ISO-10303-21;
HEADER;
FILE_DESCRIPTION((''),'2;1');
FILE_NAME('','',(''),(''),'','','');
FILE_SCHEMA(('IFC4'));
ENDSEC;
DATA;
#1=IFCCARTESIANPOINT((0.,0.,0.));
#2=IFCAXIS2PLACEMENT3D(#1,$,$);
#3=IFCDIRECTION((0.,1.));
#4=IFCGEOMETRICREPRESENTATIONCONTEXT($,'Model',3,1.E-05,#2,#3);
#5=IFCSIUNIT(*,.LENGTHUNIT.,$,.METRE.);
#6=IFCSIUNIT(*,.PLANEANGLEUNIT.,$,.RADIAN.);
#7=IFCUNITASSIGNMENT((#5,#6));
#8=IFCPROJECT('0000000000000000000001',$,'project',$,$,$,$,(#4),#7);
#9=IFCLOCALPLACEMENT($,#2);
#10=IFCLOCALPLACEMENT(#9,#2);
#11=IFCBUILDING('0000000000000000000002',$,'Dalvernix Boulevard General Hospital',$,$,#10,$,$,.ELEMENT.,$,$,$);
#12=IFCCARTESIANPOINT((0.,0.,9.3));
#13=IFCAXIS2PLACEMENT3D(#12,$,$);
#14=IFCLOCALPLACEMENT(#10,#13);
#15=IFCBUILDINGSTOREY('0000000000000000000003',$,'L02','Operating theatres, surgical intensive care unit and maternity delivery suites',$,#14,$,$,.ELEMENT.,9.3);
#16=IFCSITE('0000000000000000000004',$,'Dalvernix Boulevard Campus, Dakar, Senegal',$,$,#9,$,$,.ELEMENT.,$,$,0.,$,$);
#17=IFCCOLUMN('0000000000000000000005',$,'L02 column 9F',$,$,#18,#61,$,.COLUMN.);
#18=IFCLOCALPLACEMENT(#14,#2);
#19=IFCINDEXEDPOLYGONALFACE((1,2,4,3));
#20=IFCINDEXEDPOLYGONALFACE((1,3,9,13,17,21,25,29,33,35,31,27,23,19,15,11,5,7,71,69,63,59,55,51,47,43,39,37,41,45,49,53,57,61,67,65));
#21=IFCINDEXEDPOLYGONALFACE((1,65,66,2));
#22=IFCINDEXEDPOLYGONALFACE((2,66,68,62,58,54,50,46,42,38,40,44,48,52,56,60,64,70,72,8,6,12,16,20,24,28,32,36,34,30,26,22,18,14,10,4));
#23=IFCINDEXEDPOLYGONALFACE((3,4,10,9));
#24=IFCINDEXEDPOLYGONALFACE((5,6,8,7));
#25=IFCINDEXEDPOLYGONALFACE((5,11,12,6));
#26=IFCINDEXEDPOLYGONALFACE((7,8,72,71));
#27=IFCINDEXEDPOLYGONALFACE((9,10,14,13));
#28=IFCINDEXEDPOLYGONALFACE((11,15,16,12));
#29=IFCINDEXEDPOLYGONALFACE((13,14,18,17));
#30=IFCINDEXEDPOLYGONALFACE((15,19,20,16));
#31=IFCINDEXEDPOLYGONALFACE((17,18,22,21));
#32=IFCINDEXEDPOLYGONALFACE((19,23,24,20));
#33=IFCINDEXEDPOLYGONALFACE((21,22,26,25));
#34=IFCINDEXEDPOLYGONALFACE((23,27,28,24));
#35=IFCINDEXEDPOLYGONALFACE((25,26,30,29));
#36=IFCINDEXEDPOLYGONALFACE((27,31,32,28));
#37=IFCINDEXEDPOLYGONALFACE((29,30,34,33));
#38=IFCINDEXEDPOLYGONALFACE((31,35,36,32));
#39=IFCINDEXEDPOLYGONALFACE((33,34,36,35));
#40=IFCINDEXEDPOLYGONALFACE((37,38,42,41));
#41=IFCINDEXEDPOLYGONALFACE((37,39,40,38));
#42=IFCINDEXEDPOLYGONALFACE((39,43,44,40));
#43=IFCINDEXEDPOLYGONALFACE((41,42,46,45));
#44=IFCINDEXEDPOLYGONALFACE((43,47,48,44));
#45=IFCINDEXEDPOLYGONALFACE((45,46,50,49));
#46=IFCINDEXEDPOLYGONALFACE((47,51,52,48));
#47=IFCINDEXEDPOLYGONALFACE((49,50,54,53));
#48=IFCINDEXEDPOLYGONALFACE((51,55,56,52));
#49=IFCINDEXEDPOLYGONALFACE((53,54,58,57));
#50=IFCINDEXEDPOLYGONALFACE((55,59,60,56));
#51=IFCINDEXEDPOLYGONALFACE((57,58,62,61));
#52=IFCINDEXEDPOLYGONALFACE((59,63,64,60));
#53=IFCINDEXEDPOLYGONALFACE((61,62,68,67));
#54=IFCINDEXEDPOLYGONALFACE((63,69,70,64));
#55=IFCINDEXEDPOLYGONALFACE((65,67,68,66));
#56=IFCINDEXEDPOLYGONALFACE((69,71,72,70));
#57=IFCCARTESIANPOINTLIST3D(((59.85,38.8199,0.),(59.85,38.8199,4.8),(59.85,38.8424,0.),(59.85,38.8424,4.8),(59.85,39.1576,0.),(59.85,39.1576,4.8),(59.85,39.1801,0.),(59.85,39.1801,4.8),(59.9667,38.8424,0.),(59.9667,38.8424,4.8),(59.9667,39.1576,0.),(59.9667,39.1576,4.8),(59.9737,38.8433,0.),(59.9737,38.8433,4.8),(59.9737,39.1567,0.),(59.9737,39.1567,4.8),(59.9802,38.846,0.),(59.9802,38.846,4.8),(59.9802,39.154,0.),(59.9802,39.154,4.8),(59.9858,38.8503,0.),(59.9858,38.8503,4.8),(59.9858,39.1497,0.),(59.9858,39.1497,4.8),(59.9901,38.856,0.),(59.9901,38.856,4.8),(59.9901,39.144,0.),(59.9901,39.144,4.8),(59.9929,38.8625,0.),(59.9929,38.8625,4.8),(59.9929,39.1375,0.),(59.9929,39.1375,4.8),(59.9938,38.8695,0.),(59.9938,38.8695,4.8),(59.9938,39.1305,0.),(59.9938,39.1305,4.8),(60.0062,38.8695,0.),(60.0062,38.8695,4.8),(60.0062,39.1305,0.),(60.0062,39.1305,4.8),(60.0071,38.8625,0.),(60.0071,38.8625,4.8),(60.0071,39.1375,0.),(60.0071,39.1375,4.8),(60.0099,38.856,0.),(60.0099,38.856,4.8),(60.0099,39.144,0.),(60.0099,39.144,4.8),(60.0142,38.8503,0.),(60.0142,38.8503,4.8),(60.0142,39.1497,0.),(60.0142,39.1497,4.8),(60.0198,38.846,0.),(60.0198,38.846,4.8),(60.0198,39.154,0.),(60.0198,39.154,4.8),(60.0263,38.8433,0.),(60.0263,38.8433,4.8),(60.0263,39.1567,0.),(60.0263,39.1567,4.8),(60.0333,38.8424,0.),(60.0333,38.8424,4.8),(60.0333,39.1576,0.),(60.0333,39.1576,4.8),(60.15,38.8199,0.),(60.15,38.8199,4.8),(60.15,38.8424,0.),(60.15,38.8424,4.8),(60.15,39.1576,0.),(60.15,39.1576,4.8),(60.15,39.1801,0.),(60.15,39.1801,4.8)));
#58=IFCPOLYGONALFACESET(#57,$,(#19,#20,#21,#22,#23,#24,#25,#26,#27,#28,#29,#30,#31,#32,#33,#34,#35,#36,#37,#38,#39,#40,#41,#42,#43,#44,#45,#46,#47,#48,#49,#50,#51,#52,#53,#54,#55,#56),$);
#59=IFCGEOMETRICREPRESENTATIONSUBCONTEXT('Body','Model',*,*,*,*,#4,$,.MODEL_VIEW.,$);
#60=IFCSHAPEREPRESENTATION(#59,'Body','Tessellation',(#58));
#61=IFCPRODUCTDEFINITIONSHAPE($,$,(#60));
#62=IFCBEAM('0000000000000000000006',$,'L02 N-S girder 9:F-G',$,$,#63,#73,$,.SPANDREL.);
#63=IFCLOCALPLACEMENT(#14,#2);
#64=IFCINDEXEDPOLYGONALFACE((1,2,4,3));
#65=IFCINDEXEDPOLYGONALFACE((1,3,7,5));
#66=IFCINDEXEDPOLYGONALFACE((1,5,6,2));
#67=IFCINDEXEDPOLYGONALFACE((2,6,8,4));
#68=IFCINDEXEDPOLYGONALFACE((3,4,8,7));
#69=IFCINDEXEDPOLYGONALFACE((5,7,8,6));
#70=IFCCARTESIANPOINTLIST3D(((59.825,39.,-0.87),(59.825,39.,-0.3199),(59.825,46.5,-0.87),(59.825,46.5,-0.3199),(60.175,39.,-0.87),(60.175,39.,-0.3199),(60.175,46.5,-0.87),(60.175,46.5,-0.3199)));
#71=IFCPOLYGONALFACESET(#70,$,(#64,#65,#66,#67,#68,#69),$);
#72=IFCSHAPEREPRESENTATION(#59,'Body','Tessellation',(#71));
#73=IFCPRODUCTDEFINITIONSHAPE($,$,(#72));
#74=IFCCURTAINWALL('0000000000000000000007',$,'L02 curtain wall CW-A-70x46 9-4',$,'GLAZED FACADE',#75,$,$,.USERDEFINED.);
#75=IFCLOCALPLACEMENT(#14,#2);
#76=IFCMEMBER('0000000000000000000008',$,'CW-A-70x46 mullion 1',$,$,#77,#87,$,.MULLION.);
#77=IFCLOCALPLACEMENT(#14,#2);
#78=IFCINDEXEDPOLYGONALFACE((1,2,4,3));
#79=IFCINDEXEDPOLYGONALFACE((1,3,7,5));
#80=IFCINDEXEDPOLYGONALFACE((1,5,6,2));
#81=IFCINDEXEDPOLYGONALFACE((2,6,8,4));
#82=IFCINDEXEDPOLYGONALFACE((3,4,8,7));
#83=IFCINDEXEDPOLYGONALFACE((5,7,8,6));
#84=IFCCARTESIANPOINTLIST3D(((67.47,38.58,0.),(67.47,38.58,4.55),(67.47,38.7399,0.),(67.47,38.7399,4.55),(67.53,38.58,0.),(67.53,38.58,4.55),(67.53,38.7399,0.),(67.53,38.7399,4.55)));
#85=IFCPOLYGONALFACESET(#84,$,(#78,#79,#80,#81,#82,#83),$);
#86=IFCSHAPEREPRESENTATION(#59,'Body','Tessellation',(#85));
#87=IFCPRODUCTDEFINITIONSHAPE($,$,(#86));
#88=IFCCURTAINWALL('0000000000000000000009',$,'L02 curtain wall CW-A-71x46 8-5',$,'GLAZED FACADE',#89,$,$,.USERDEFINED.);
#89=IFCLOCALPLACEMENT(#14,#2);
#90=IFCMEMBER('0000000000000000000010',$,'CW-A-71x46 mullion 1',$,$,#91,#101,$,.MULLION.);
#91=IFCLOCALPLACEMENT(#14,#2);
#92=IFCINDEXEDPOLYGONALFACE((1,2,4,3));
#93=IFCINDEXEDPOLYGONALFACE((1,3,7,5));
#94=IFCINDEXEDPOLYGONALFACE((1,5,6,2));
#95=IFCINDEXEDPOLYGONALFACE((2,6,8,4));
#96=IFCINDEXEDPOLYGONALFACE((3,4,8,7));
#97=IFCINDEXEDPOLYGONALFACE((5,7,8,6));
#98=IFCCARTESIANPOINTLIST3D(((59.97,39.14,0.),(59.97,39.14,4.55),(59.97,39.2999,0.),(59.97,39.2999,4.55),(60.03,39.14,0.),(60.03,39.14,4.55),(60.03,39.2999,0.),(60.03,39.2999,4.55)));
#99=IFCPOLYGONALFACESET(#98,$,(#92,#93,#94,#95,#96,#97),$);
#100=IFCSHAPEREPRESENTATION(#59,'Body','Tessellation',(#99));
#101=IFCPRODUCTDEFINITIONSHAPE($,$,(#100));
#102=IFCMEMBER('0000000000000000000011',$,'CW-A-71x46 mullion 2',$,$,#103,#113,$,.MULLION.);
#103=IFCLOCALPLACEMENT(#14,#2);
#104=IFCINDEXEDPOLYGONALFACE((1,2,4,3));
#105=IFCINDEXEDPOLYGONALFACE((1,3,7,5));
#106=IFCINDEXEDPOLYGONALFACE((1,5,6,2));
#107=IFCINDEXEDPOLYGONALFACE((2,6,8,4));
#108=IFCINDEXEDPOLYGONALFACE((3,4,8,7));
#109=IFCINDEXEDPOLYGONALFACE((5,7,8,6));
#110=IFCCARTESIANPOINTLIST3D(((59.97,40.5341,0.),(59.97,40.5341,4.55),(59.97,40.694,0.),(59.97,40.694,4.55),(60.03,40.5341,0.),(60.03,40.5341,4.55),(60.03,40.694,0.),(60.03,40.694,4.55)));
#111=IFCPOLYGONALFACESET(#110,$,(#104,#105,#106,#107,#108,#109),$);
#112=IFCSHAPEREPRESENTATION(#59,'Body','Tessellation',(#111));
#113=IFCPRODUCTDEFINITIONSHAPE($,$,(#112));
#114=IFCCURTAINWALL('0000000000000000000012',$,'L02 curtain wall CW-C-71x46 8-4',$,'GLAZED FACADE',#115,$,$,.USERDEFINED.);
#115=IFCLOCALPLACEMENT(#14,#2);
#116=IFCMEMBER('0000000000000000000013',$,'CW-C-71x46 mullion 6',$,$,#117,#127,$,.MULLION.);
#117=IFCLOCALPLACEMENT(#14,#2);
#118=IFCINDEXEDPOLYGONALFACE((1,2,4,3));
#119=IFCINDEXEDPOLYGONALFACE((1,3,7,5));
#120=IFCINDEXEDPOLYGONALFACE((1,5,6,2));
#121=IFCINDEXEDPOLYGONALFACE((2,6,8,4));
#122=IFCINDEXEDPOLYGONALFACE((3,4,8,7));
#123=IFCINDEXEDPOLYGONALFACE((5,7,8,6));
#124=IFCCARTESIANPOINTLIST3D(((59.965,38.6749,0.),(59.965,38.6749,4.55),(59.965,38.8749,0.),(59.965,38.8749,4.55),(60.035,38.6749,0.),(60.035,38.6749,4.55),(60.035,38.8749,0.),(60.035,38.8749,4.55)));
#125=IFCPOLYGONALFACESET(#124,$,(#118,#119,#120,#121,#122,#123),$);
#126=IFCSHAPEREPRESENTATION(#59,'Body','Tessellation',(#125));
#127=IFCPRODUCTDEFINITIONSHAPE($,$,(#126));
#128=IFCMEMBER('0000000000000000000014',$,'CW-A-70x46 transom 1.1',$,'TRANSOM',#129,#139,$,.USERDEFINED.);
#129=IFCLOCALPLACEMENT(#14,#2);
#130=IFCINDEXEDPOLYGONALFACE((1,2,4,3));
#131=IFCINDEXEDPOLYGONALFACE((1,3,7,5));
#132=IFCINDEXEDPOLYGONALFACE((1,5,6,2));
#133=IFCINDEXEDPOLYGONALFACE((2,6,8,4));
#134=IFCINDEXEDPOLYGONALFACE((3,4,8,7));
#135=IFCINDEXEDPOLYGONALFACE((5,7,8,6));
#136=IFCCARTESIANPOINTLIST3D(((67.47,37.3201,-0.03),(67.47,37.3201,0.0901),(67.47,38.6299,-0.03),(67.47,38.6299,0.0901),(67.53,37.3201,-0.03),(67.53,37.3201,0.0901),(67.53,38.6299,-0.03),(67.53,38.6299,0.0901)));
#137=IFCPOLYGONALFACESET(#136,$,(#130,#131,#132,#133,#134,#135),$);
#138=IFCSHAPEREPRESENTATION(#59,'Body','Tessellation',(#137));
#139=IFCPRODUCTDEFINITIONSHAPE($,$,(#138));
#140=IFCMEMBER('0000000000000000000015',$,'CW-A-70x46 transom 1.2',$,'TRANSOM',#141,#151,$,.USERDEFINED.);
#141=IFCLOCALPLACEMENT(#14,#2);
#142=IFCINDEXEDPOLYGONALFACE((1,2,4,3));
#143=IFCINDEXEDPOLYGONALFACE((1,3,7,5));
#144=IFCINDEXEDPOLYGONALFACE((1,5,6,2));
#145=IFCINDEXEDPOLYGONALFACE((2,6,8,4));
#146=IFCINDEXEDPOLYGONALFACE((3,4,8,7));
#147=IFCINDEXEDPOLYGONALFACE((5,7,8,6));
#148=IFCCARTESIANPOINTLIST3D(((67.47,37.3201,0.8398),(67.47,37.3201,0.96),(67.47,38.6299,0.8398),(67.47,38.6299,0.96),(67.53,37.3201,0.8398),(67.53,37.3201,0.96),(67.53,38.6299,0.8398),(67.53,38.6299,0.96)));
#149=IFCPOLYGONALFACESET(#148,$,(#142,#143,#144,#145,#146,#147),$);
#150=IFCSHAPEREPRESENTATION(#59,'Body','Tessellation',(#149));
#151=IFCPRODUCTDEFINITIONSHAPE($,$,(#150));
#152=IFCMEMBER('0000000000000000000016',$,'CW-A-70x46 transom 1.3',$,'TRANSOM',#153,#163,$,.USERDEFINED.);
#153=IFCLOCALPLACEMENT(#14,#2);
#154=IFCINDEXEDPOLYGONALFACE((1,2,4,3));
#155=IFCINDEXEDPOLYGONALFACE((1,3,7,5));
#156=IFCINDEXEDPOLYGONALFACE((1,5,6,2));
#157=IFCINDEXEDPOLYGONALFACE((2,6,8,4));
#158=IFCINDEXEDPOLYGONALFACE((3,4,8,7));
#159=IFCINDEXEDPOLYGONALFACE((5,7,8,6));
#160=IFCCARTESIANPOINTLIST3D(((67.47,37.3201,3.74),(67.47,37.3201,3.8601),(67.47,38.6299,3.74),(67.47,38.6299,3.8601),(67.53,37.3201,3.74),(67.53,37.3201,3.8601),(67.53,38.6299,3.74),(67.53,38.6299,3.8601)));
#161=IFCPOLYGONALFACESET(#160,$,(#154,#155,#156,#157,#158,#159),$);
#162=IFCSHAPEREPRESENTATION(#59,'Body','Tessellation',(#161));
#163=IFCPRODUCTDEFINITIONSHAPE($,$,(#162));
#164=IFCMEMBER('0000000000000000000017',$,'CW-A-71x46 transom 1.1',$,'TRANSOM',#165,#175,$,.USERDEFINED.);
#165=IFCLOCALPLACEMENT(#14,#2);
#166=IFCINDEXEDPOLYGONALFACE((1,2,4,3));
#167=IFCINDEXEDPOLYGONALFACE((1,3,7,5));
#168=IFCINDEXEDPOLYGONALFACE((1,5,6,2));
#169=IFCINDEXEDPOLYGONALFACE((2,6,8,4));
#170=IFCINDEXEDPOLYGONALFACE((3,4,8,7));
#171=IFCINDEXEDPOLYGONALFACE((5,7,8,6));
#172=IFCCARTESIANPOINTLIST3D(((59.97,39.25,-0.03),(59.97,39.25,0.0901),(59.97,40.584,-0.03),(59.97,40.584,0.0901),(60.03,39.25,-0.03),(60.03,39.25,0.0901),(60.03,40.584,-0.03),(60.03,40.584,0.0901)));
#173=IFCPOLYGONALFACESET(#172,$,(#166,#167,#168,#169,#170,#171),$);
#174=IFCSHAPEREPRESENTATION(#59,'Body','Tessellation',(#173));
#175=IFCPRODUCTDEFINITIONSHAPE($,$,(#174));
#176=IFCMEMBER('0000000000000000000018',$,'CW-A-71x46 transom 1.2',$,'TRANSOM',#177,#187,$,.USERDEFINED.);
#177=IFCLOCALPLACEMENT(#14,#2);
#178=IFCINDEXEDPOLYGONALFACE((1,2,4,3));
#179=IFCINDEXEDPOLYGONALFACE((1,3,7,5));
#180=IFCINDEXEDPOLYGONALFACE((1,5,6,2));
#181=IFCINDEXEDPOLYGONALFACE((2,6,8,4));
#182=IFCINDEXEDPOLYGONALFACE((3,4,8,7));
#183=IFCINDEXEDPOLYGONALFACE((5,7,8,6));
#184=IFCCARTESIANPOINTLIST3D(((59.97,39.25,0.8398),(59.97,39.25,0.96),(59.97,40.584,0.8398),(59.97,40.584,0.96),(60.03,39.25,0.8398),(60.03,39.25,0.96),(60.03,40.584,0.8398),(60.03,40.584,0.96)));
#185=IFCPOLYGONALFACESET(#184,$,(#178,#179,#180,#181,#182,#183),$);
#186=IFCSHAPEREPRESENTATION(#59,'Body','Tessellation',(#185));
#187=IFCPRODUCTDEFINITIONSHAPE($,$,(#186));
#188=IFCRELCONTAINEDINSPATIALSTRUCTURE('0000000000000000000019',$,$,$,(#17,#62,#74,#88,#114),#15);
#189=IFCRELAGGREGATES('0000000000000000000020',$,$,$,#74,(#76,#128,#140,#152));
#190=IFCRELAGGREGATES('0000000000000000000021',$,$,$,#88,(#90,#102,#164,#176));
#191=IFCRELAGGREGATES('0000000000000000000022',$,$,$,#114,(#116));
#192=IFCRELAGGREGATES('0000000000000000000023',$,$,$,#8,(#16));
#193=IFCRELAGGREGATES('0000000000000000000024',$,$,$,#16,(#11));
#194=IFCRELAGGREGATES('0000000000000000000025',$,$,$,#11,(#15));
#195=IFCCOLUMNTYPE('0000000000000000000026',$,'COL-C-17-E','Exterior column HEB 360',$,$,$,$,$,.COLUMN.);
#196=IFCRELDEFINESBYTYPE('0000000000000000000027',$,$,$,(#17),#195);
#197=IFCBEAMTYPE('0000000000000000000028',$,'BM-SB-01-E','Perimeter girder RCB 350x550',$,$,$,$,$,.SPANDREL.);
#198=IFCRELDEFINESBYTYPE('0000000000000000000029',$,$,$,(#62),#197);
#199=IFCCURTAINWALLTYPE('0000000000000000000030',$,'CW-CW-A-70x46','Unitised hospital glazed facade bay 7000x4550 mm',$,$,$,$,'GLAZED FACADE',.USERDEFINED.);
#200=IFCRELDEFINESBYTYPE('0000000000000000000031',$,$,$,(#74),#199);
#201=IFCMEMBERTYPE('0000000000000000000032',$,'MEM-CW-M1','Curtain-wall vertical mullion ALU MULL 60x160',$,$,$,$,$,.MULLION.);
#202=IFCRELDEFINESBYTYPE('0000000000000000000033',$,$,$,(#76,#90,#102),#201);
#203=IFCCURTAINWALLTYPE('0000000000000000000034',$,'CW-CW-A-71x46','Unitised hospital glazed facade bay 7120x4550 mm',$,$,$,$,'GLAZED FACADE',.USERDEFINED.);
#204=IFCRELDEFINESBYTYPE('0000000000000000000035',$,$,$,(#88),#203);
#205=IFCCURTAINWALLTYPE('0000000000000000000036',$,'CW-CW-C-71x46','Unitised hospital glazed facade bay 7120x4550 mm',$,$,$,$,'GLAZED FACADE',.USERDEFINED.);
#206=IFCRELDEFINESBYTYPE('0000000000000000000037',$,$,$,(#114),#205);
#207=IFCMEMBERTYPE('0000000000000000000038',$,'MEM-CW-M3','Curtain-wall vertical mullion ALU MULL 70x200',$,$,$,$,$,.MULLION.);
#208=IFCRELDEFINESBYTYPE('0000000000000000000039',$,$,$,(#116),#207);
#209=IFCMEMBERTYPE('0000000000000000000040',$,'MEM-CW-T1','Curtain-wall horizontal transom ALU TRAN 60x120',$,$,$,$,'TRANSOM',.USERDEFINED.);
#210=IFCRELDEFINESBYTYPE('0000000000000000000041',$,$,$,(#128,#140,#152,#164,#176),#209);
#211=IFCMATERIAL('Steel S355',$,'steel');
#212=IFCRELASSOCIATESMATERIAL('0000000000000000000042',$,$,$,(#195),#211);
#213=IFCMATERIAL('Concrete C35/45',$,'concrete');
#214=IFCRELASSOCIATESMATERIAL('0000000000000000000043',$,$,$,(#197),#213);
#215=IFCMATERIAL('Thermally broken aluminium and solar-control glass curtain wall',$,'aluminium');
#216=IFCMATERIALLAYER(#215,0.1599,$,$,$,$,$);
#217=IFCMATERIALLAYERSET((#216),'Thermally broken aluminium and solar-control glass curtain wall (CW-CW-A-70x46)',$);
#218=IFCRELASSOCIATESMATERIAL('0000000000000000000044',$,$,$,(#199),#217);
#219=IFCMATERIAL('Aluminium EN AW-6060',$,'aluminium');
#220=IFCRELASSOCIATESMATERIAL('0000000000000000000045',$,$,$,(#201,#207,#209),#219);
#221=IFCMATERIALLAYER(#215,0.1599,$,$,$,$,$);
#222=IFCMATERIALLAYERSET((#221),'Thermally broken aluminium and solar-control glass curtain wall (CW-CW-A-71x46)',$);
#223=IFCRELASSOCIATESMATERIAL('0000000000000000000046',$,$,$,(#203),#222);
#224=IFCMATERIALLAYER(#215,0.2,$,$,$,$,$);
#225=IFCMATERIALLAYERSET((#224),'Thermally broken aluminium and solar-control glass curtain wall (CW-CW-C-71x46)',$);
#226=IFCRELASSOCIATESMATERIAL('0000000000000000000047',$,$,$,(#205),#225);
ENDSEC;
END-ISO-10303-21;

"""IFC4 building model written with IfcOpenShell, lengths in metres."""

from ifc_helpers import new_model, si_unit, direction, frame, origin, origin_2d, place, context, subcontext, project, spatial, rectangle, i_section, extrude, material, layer, layer_set, material_profile, profile_set, type_object, element, aggregate, save


model = new_model("IFC4")

# Units and contexts
model_context = context("Model", 3, precision=1e-05, world=origin(), true_north=direction((0.0, 1.0)))
body_context = subcontext(model_context, "Body", "Model", "MODEL_VIEW")
ifc_project = project(units=[si_unit("LENGTHUNIT", "METRE"), si_unit("PLANEANGLEUNIT", "RADIAN")], contexts=[model_context])

# Site, building, storey
site_placement = place(None, origin())
site = spatial("IfcSite", under=ifc_project, at=site_placement, Name="Dalvernix Boulevard Campus, Dakar, Senegal", CompositionType="ELEMENT", RefElevation=0.0)
building_placement = place(site_placement, origin())
building = spatial("IfcBuilding", under=site, at=building_placement, Name="Dalvernix Boulevard General Hospital", CompositionType="ELEMENT")
storey_placement = place(building_placement, frame((0.0, 0.0, 9.3)))
storey = spatial("IfcBuildingStorey", under=building, at=storey_placement, Name="L02", Description="Operating theatres, surgical intensive care unit and maternity delivery suites", CompositionType="ELEMENT", Elevation=9.3)

# Column
ifc_material_1 = material(Name="Steel S355", Category="steel")
ifc_material_profile_1 = material_profile(ifc_material_1, i_section(OverallWidth=0.3, OverallDepth=0.3601, WebThickness=0.0125, FlangeThickness=0.0225, FilletRadius=0.0271, at=origin_2d()), Name="HEB 360")
ifc_profile_set_1 = profile_set([ifc_material_profile_1], Name="Steel S355")
column_type = type_object("IfcColumnType", Name="COL-C-17-E", Description="Exterior column HEB 360", PredefinedType="COLUMN", material=ifc_profile_set_1)
column_placement = place(storey_placement, frame((60.0, 39.0, 0.0), z_axis=(0.0, 0.0, 1.0), x_axis=(1.0, 0.0, 0.0)))
element("IfcColumn", 1, at=column_placement, inside=storey, type_object=column_type, Name="L02 column 9F", PredefinedType="COLUMN", context=body_context, shape_type="SweptSolid", body=[
    extrude(i_section(OverallWidth=0.3, OverallDepth=0.3601, WebThickness=0.0125, FlangeThickness=0.0225, FilletRadius=0.0271, at=origin_2d()), origin(), (0.0, 0.0, 1.0), 4.8),
])

# Beam
ifc_material_2 = material(Name="Concrete C35/45", Category="concrete")
ifc_material_profile_2 = material_profile(ifc_material_2, rectangle(XDim=0.3501, YDim=0.55, at=origin_2d()), Name="RCB 350x550")
ifc_profile_set_2 = profile_set([ifc_material_profile_2], Name="Concrete C35/45")
beam_type = type_object("IfcBeamType", Name="BM-SB-01-E", Description="Perimeter girder RCB 350x550", PredefinedType="SPANDREL", material=ifc_profile_set_2)
beam_placement = place(storey_placement, frame((60.0, 39.0, -0.595), z_axis=(0.0, 1.0, 0.0), x_axis=(-1.0, 0.0, 0.0)))
element("IfcBeam", 2, at=beam_placement, inside=storey, type_object=beam_type, Name="L02 N-S girder 9:F-G", PredefinedType="SPANDREL", context=body_context, shape_type="SweptSolid", body=[
    extrude(rectangle(XDim=0.3501, YDim=0.55, at=origin_2d()), origin(), (0.0, 0.0, 1.0), 7.5),
])

# Curtain wall, member
ifc_material_3 = material(Name="Thermally broken aluminium and solar-control glass curtain wall", Category="aluminium")
ifc_layer_1 = layer(ifc_material_3, 0.1599)
ifc_layer_set_1 = layer_set([ifc_layer_1], Name="Thermally broken aluminium and solar-control glass curtain wall (CW-CW-A-70x46)")
curtain_wall_type_1 = type_object("IfcCurtainWallType", Name="CW-CW-A-70x46", Description="Unitised hospital glazed facade bay 7000x4550 mm", ElementType="GLAZED FACADE", PredefinedType="USERDEFINED", material=ifc_layer_set_1)
curtain_wall_1_placement = place(storey_placement, origin())
curtain_wall_1 = element("IfcCurtainWall", 3, at=curtain_wall_1_placement, inside=storey, type_object=curtain_wall_type_1, Name="L02 curtain wall CW-A-70x46 9-4", ObjectType="GLAZED FACADE", PredefinedType="USERDEFINED")
ifc_material_4 = material(Name="Aluminium EN AW-6060", Category="aluminium")
ifc_material_profile_3 = material_profile(ifc_material_4, rectangle(XDim=0.0601, YDim=0.1599, at=origin_2d()), Name="ALU MULL 60x160")
ifc_profile_set_3 = profile_set([ifc_material_profile_3], Name="Aluminium EN AW-6060")
member_type_1 = type_object("IfcMemberType", Name="MEM-CW-M1", Description="Curtain-wall vertical mullion ALU MULL 60x160", PredefinedType="MULLION", material=ifc_profile_set_3)
member_1_placement = place(storey_placement, frame((67.5, 38.6599, 0.0), z_axis=(0.0, 0.0, 1.0), x_axis=(1.0, 0.0, 0.0)))
member_1 = element("IfcMember", 4, at=member_1_placement, type_object=member_type_1, Name="CW-A-70x46 mullion 1", PredefinedType="MULLION", context=body_context, shape_type="SweptSolid", body=[
    extrude(rectangle(XDim=0.0601, YDim=0.1599, at=origin_2d()), origin(), (0.0, 0.0, 1.0), 4.55),
])

# Curtain wall, members
ifc_layer_2 = layer(ifc_material_3, 0.1599)
ifc_layer_set_2 = layer_set([ifc_layer_2], Name="Thermally broken aluminium and solar-control glass curtain wall (CW-CW-A-71x46)")
curtain_wall_type_2 = type_object("IfcCurtainWallType", Name="CW-CW-A-71x46", Description="Unitised hospital glazed facade bay 7120x4550 mm", ElementType="GLAZED FACADE", PredefinedType="USERDEFINED", material=ifc_layer_set_2)
curtain_wall_2_placement = place(storey_placement, origin())
curtain_wall_2 = element("IfcCurtainWall", 5, at=curtain_wall_2_placement, inside=storey, type_object=curtain_wall_type_2, Name="L02 curtain wall CW-A-71x46 8-5", ObjectType="GLAZED FACADE", PredefinedType="USERDEFINED")
member_2_placement = place(storey_placement, frame((60.0, 39.22, 0.0), z_axis=(0.0, 0.0, 1.0), x_axis=(-1.0, 0.0, 0.0)))
member_2 = element("IfcMember", 6, at=member_2_placement, type_object=member_type_1, Name="CW-A-71x46 mullion 1", PredefinedType="MULLION", context=body_context, shape_type="SweptSolid", body=[
    extrude(rectangle(XDim=0.0601, YDim=0.1599, at=origin_2d()), origin(), (0.0, 0.0, 1.0), 4.55),
])
member_3_placement = place(storey_placement, frame((60.0, 40.614, 0.0), z_axis=(0.0, 0.0, 1.0), x_axis=(-1.0, 0.0, 0.0)))
member_3 = element("IfcMember", 7, at=member_3_placement, type_object=member_type_1, Name="CW-A-71x46 mullion 2", PredefinedType="MULLION", context=body_context, shape_type="SweptSolid", body=[
    extrude(rectangle(XDim=0.0601, YDim=0.1599, at=origin_2d()), origin(), (0.0, 0.0, 1.0), 4.55),
])

# Curtain wall, member
ifc_layer_3 = layer(ifc_material_3, 0.2)
ifc_layer_set_3 = layer_set([ifc_layer_3], Name="Thermally broken aluminium and solar-control glass curtain wall (CW-CW-C-71x46)")
curtain_wall_type_3 = type_object("IfcCurtainWallType", Name="CW-CW-C-71x46", Description="Unitised hospital glazed facade bay 7120x4550 mm", ElementType="GLAZED FACADE", PredefinedType="USERDEFINED", material=ifc_layer_set_3)
curtain_wall_3_placement = place(storey_placement, origin())
curtain_wall_3 = element("IfcCurtainWall", 8, at=curtain_wall_3_placement, inside=storey, type_object=curtain_wall_type_3, Name="L02 curtain wall CW-C-71x46 8-4", ObjectType="GLAZED FACADE", PredefinedType="USERDEFINED")
ifc_material_profile_4 = material_profile(ifc_material_4, rectangle(XDim=0.0701, YDim=0.2, at=origin_2d()), Name="ALU MULL 70x200")
ifc_profile_set_4 = profile_set([ifc_material_profile_4], Name="Aluminium EN AW-6060")
member_type_2 = type_object("IfcMemberType", Name="MEM-CW-M3", Description="Curtain-wall vertical mullion ALU MULL 70x200", PredefinedType="MULLION", material=ifc_profile_set_4)
member_4_placement = place(storey_placement, frame((60.0, 38.7749, 0.0), z_axis=(0.0, 0.0, 1.0), x_axis=(-1.0, 0.0, 0.0)))
member_4 = element("IfcMember", 9, at=member_4_placement, type_object=member_type_2, Name="CW-C-71x46 mullion 6", PredefinedType="MULLION", context=body_context, shape_type="SweptSolid", body=[
    extrude(rectangle(XDim=0.0701, YDim=0.2, at=origin_2d()), origin(), (0.0, 0.0, 1.0), 4.55),
])

# Members
ifc_material_profile_5 = material_profile(ifc_material_4, rectangle(XDim=0.0601, YDim=0.1201, at=origin_2d()), Name="ALU TRAN 60x120")
ifc_profile_set_5 = profile_set([ifc_material_profile_5], Name="Aluminium EN AW-6060")
member_type_3 = type_object("IfcMemberType", Name="MEM-CW-T1", Description="Curtain-wall horizontal transom ALU TRAN 60x120", ElementType="TRANSOM", PredefinedType="USERDEFINED", material=ifc_profile_set_5)
member_5_placement = place(storey_placement, frame((67.5, 38.6299, 0.03), z_axis=(0.0, -1.0, 0.0), x_axis=(1.0, 0.0, 0.0)))
member_5 = element("IfcMember", 10, at=member_5_placement, type_object=member_type_3, Name="CW-A-70x46 transom 1.1", ObjectType="TRANSOM", PredefinedType="USERDEFINED", context=body_context, shape_type="SweptSolid", body=[
    extrude(rectangle(XDim=0.0601, YDim=0.1201, at=origin_2d()), origin(), (0.0, 0.0, 1.0), 1.3098),
])
member_6_placement = place(storey_placement, frame((67.5, 38.6299, 0.8999), z_axis=(0.0, -1.0, 0.0), x_axis=(1.0, 0.0, 0.0)))
member_6 = element("IfcMember", 11, at=member_6_placement, type_object=member_type_3, Name="CW-A-70x46 transom 1.2", ObjectType="TRANSOM", PredefinedType="USERDEFINED", context=body_context, shape_type="SweptSolid", body=[
    extrude(rectangle(XDim=0.0601, YDim=0.1201, at=origin_2d()), origin(), (0.0, 0.0, 1.0), 1.3098),
])
member_7_placement = place(storey_placement, frame((67.5, 38.6299, 3.8), z_axis=(0.0, -1.0, 0.0), x_axis=(1.0, 0.0, 0.0)))
member_7 = element("IfcMember", 12, at=member_7_placement, type_object=member_type_3, Name="CW-A-70x46 transom 1.3", ObjectType="TRANSOM", PredefinedType="USERDEFINED", context=body_context, shape_type="SweptSolid", body=[
    extrude(rectangle(XDim=0.0601, YDim=0.1201, at=origin_2d()), origin(), (0.0, 0.0, 1.0), 1.3098),
])
member_8_placement = place(storey_placement, frame((60.0, 39.25, 0.03), z_axis=(0.0, 1.0, 0.0), x_axis=(-1.0, 0.0, 0.0)))
member_8 = element("IfcMember", 13, at=member_8_placement, type_object=member_type_3, Name="CW-A-71x46 transom 1.1", ObjectType="TRANSOM", PredefinedType="USERDEFINED", context=body_context, shape_type="SweptSolid", body=[
    extrude(rectangle(XDim=0.0601, YDim=0.1201, at=origin_2d()), origin(), (0.0, 0.0, 1.0), 1.334),
])
member_9_placement = place(storey_placement, frame((60.0, 39.25, 0.8999), z_axis=(0.0, 1.0, 0.0), x_axis=(-1.0, 0.0, 0.0)))
member_9 = element("IfcMember", 14, at=member_9_placement, type_object=member_type_3, Name="CW-A-71x46 transom 1.2", ObjectType="TRANSOM", PredefinedType="USERDEFINED", context=body_context, shape_type="SweptSolid", body=[
    extrude(rectangle(XDim=0.0601, YDim=0.1201, at=origin_2d()), origin(), (0.0, 0.0, 1.0), 1.334),
])

aggregate(curtain_wall_1, [member_1, member_5, member_6, member_7])
aggregate(curtain_wall_2, [member_2, member_3, member_8, member_9])
aggregate(curtain_wall_3, [member_4])

save(model, "model.ifc")
